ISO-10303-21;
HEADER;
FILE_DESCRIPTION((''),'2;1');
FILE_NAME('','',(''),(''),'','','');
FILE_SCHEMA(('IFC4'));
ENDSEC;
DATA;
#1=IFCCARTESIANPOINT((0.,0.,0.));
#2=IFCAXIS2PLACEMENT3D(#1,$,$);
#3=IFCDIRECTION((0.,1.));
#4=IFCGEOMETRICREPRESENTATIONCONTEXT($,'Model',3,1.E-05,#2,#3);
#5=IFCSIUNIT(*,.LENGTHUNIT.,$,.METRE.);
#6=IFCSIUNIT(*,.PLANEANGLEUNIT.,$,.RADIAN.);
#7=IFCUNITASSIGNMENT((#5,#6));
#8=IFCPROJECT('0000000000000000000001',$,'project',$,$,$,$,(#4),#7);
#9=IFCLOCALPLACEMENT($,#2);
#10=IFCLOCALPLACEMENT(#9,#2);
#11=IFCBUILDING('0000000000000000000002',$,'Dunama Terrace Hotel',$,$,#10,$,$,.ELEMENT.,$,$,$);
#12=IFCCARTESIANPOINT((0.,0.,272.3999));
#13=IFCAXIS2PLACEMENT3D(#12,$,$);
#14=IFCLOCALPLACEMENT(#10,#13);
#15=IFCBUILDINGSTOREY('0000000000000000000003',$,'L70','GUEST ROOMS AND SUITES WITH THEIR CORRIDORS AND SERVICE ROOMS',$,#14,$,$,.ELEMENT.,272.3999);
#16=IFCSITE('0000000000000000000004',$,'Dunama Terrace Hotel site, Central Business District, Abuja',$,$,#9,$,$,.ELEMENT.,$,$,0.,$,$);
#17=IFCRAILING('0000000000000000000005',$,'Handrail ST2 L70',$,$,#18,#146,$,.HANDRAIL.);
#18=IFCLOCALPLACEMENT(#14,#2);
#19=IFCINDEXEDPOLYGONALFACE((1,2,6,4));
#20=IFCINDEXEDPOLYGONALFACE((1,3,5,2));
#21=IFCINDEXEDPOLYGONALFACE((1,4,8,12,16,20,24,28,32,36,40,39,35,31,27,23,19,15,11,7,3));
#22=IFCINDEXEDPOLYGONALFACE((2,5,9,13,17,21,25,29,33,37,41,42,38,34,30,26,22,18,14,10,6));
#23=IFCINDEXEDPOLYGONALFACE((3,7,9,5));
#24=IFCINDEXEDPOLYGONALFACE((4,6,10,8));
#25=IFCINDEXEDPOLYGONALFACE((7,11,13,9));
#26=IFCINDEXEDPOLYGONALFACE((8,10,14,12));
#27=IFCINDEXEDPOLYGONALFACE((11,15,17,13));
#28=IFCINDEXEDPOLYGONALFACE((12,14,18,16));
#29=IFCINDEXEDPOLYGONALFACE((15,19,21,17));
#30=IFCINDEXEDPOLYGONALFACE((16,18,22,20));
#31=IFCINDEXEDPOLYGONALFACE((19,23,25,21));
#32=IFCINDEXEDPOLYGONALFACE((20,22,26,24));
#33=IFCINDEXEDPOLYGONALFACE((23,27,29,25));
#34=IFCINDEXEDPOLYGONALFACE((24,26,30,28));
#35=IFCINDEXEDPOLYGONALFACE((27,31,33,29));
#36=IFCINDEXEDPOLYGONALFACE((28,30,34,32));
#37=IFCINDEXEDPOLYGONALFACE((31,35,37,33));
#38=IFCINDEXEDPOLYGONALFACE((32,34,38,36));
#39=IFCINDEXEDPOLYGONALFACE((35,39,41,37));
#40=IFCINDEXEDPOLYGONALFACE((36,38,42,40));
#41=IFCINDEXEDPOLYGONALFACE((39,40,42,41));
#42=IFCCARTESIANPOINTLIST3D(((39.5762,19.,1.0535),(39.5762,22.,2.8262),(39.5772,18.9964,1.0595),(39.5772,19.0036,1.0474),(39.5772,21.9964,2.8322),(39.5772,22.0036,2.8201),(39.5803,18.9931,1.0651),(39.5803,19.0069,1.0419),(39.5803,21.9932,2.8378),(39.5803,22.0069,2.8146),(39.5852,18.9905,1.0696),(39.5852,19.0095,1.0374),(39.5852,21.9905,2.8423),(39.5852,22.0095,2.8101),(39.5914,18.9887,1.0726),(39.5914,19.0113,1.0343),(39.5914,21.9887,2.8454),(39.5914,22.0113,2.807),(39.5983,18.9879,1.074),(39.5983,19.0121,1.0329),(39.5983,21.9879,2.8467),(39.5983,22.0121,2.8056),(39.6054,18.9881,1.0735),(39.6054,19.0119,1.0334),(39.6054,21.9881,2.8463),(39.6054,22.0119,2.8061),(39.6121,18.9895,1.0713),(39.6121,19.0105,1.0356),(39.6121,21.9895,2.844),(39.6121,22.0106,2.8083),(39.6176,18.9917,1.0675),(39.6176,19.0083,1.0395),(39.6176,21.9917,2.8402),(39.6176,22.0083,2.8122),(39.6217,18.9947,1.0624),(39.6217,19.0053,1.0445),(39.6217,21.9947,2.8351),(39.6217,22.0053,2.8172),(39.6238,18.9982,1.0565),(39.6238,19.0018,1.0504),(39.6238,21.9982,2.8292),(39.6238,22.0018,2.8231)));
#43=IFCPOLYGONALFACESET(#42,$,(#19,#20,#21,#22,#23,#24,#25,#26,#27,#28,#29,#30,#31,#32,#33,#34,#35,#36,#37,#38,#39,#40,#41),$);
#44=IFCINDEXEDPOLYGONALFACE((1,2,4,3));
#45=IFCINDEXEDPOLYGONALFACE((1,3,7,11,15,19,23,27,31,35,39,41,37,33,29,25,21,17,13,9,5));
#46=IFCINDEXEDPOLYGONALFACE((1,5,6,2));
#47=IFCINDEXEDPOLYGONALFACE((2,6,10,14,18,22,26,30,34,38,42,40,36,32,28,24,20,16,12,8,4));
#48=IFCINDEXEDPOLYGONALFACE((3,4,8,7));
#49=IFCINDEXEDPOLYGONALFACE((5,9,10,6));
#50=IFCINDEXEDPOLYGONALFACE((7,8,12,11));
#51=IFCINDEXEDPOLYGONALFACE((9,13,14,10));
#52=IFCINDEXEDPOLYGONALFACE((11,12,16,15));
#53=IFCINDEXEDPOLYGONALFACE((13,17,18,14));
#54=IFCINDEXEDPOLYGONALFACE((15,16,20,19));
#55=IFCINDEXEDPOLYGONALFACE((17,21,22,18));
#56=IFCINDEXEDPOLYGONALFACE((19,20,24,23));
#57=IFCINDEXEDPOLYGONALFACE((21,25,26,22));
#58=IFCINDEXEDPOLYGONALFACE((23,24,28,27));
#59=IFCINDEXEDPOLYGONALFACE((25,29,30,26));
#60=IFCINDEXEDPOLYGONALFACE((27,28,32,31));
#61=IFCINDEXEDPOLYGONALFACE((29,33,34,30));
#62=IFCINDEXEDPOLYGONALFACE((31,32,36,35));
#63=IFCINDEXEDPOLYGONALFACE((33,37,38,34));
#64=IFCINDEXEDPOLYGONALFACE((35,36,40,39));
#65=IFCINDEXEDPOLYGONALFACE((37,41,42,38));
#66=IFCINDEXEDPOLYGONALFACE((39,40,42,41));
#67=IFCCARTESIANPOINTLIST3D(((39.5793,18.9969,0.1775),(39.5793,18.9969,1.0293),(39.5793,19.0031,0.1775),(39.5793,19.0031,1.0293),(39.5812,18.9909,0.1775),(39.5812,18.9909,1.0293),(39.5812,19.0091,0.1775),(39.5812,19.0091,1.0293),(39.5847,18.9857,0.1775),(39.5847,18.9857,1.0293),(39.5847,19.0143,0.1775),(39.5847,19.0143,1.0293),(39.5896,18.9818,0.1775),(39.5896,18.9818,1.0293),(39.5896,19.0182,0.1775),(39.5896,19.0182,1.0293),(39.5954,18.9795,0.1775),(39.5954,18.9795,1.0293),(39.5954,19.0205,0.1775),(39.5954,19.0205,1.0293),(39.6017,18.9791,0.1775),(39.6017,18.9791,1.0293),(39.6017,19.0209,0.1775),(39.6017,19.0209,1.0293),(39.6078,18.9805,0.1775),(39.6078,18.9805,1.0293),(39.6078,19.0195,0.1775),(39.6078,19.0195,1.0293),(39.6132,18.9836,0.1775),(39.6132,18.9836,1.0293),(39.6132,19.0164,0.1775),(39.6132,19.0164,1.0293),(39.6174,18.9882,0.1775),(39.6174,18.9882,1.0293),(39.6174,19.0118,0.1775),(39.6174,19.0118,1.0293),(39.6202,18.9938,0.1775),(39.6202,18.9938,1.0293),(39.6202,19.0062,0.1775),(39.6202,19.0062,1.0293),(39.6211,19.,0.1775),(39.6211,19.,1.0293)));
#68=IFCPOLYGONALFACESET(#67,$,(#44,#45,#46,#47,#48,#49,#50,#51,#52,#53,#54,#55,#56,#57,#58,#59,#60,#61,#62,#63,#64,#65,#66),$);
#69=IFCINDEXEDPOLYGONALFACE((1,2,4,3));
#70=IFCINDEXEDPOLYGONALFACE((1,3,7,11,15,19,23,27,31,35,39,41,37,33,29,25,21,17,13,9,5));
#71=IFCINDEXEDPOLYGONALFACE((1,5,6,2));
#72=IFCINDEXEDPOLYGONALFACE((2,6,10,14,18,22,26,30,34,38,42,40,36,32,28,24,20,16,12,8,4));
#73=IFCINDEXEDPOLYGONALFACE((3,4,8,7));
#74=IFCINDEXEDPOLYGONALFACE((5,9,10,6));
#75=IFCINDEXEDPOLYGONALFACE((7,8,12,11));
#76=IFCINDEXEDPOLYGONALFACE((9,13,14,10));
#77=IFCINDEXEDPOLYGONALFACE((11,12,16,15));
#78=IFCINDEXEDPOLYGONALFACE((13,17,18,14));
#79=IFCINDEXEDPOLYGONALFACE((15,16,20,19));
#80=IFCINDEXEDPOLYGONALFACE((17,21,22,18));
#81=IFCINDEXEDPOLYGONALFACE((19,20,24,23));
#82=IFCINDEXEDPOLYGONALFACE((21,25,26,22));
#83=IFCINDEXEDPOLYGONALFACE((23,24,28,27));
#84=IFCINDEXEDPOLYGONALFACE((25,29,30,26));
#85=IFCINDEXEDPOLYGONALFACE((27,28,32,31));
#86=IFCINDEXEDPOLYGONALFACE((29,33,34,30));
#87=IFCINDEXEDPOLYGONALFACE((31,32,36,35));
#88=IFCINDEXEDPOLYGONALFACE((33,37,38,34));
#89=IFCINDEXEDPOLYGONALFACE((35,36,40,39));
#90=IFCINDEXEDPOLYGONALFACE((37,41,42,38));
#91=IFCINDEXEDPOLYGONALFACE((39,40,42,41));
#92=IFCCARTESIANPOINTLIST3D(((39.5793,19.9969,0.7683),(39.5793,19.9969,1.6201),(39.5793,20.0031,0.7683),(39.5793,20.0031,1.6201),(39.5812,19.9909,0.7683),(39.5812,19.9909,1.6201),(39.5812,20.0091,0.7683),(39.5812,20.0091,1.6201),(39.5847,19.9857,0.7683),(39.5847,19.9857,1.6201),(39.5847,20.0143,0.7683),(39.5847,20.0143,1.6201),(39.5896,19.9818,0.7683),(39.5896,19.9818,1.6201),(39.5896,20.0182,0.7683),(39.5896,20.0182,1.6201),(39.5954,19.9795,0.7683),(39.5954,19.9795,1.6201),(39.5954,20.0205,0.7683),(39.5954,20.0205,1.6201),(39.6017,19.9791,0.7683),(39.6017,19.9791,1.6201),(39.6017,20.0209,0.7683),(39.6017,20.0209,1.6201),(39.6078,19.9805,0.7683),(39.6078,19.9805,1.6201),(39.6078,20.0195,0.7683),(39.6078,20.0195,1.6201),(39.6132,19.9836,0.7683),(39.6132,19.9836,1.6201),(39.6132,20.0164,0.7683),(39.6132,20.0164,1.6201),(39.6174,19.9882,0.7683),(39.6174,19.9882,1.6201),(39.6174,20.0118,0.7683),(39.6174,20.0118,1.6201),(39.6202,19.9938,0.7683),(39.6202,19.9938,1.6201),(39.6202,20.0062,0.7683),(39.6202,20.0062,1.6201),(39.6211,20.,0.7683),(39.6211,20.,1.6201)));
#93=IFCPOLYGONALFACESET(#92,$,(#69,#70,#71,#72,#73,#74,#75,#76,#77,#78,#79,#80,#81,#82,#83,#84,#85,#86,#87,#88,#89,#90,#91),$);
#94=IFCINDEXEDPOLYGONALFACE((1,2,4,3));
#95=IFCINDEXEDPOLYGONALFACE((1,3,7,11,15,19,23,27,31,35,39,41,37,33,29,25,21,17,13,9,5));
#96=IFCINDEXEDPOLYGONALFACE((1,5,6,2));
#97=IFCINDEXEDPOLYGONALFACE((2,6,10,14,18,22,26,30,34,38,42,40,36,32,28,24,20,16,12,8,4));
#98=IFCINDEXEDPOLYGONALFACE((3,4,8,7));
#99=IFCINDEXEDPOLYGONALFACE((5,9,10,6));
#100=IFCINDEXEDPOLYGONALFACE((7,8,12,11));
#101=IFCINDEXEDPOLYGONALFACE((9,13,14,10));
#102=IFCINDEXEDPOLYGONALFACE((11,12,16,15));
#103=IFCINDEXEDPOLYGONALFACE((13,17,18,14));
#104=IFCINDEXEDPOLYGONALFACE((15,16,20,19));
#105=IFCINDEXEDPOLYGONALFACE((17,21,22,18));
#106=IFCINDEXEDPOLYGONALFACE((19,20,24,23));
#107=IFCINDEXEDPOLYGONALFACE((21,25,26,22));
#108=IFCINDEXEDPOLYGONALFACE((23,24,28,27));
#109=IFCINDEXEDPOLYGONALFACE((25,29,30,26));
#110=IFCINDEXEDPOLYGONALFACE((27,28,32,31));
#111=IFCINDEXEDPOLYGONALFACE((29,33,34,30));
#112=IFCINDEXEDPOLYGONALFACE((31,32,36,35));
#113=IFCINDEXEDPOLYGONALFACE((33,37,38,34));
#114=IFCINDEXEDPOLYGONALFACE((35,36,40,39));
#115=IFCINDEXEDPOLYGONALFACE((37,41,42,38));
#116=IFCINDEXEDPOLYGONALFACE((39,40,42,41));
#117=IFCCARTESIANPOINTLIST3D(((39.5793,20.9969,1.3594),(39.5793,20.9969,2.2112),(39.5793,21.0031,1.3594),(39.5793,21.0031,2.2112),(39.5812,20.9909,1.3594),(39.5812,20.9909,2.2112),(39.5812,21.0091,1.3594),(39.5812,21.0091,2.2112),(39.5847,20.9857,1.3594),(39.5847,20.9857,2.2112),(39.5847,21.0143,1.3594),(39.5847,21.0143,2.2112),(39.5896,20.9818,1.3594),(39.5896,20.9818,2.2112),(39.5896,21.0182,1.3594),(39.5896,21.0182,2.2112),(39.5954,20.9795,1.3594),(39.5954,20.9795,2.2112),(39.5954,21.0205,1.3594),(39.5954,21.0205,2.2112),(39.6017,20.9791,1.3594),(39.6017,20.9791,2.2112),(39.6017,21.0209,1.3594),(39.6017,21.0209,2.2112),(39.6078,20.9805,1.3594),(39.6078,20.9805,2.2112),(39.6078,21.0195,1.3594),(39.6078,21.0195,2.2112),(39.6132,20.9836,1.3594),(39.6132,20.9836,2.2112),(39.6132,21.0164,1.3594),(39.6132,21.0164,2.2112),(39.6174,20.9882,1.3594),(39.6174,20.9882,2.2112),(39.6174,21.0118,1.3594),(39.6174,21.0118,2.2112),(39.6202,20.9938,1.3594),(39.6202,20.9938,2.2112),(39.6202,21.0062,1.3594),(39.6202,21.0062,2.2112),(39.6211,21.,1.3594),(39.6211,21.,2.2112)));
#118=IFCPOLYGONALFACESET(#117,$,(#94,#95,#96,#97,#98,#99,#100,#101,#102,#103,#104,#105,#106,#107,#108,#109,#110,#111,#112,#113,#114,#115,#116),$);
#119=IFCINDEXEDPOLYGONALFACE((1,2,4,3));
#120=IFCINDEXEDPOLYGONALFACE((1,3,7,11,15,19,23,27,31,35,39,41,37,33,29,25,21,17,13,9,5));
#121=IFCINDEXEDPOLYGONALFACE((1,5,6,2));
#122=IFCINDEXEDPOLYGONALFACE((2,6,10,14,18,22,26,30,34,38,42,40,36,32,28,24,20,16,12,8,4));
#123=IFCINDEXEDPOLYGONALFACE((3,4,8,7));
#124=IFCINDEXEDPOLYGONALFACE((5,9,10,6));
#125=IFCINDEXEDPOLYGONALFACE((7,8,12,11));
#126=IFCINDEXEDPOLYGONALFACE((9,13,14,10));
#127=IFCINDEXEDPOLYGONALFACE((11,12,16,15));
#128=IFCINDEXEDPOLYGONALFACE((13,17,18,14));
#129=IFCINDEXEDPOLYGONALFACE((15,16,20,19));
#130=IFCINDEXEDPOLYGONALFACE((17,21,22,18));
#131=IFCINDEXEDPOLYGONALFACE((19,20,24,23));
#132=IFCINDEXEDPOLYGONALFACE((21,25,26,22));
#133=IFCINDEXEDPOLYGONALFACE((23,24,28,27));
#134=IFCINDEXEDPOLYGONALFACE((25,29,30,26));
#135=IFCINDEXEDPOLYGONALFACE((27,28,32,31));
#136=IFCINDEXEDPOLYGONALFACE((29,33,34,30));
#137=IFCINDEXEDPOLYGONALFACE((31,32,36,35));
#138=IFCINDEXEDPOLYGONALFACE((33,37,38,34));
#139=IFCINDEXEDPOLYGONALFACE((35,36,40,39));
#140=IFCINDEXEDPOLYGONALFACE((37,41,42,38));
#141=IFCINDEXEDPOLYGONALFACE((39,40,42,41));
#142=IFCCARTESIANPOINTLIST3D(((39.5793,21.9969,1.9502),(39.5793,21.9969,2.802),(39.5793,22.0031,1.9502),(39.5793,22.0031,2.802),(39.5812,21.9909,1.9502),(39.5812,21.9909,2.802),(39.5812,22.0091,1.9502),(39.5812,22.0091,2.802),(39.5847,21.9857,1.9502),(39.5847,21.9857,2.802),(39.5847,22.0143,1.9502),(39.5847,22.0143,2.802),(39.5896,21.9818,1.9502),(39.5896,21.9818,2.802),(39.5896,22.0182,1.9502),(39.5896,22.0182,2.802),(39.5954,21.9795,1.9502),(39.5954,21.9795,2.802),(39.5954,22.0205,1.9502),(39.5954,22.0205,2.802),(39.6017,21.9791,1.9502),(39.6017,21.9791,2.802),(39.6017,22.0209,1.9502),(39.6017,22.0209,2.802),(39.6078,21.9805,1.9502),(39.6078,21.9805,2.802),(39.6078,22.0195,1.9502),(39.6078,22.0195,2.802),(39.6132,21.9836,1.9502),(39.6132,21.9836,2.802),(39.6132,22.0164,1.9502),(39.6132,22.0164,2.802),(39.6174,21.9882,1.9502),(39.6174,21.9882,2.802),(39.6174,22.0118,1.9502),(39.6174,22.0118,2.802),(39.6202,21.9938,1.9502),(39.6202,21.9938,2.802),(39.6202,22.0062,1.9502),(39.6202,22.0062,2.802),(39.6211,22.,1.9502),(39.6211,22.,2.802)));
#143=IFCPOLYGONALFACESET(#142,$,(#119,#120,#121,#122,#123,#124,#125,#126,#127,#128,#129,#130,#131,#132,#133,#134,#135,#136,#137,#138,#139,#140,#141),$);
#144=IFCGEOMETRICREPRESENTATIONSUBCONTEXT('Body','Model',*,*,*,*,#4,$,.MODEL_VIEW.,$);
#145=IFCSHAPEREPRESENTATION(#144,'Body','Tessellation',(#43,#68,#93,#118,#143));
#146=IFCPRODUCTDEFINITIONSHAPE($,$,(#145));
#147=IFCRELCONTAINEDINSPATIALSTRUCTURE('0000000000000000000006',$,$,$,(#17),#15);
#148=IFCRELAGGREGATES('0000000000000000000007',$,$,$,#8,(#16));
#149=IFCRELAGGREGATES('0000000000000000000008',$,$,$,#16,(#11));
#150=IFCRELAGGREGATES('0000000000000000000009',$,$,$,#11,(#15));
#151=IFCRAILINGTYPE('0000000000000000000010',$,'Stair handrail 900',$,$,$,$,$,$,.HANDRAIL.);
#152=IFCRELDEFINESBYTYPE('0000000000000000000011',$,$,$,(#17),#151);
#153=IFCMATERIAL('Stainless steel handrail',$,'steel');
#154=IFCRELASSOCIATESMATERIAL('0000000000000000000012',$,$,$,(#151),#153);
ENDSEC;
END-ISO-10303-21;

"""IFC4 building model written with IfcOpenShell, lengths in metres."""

from ifc_helpers import new_model, si_unit, direction, frame, origin, origin_2d, place, context, subcontext, project, spatial, circle, extrude, material, type_object, element, save


model = new_model("IFC4")

# Units and contexts
model_context = context("Model", 3, precision=1e-05, world=origin(), true_north=direction((0.0, 1.0)))
body_context = subcontext(model_context, "Body", "Model", "MODEL_VIEW")
ifc_project = project(units=[si_unit("LENGTHUNIT", "METRE"), si_unit("PLANEANGLEUNIT", "RADIAN")], contexts=[model_context])

# Site, building, storey
site_placement = place(None, origin())
site = spatial("IfcSite", under=ifc_project, at=site_placement, Name="Dunama Terrace Hotel site, Central Business District, Abuja", CompositionType="ELEMENT", RefElevation=0.0)
building_placement = place(site_placement, origin())
building = spatial("IfcBuilding", under=site, at=building_placement, Name="Dunama Terrace Hotel", CompositionType="ELEMENT")
storey_placement = place(building_placement, frame((0.0, 0.0, 272.3999)))
storey = spatial("IfcBuildingStorey", under=building, at=storey_placement, Name="L70", Description="GUEST ROOMS AND SUITES WITH THEIR CORRIDORS AND SERVICE ROOMS", CompositionType="ELEMENT", Elevation=272.3999)

# Railing
ifc_material_1 = material(Name="Stainless steel handrail", Category="steel")
railing_type_1 = type_object("IfcRailingType", Name="Stair handrail 900", PredefinedType="HANDRAIL", material=ifc_material_1)
railing_1_placement = place(storey_placement, frame((39.6001, 19.0, 0.1775)))
element("IfcRailing", 1, at=railing_1_placement, inside=storey, type_object=railing_type_1, Name="Handrail ST2 L70", PredefinedType="HANDRAIL", context=body_context, shape_type="SweptSolid", body=[
    extrude(circle(Radius=0.0239, at=origin_2d()), frame((0.0, 0.0, 0.876), z_axis=(0.0, 0.860929, 0.508725), x_axis=(-1.0, 0.0, 0.0)), (0.0, 0.0, 1.0), 3.4846),
    extrude(circle(Radius=0.021, at=origin_2d()), origin(), (0.0, 0.0, 1.0), 0.8518),
    extrude(circle(Radius=0.021, at=origin_2d()), frame((0.0, 1.0, 0.5908)), (0.0, 0.0, 1.0), 0.8518),
    extrude(circle(Radius=0.021, at=origin_2d()), frame((0.0, 2.0, 1.1819)), (0.0, 0.0, 1.0), 0.8518),
    extrude(circle(Radius=0.021, at=origin_2d()), frame((0.0, 3.0, 1.7727)), (0.0, 0.0, 1.0), 0.8518),
])

save(model, "model.ifc")
